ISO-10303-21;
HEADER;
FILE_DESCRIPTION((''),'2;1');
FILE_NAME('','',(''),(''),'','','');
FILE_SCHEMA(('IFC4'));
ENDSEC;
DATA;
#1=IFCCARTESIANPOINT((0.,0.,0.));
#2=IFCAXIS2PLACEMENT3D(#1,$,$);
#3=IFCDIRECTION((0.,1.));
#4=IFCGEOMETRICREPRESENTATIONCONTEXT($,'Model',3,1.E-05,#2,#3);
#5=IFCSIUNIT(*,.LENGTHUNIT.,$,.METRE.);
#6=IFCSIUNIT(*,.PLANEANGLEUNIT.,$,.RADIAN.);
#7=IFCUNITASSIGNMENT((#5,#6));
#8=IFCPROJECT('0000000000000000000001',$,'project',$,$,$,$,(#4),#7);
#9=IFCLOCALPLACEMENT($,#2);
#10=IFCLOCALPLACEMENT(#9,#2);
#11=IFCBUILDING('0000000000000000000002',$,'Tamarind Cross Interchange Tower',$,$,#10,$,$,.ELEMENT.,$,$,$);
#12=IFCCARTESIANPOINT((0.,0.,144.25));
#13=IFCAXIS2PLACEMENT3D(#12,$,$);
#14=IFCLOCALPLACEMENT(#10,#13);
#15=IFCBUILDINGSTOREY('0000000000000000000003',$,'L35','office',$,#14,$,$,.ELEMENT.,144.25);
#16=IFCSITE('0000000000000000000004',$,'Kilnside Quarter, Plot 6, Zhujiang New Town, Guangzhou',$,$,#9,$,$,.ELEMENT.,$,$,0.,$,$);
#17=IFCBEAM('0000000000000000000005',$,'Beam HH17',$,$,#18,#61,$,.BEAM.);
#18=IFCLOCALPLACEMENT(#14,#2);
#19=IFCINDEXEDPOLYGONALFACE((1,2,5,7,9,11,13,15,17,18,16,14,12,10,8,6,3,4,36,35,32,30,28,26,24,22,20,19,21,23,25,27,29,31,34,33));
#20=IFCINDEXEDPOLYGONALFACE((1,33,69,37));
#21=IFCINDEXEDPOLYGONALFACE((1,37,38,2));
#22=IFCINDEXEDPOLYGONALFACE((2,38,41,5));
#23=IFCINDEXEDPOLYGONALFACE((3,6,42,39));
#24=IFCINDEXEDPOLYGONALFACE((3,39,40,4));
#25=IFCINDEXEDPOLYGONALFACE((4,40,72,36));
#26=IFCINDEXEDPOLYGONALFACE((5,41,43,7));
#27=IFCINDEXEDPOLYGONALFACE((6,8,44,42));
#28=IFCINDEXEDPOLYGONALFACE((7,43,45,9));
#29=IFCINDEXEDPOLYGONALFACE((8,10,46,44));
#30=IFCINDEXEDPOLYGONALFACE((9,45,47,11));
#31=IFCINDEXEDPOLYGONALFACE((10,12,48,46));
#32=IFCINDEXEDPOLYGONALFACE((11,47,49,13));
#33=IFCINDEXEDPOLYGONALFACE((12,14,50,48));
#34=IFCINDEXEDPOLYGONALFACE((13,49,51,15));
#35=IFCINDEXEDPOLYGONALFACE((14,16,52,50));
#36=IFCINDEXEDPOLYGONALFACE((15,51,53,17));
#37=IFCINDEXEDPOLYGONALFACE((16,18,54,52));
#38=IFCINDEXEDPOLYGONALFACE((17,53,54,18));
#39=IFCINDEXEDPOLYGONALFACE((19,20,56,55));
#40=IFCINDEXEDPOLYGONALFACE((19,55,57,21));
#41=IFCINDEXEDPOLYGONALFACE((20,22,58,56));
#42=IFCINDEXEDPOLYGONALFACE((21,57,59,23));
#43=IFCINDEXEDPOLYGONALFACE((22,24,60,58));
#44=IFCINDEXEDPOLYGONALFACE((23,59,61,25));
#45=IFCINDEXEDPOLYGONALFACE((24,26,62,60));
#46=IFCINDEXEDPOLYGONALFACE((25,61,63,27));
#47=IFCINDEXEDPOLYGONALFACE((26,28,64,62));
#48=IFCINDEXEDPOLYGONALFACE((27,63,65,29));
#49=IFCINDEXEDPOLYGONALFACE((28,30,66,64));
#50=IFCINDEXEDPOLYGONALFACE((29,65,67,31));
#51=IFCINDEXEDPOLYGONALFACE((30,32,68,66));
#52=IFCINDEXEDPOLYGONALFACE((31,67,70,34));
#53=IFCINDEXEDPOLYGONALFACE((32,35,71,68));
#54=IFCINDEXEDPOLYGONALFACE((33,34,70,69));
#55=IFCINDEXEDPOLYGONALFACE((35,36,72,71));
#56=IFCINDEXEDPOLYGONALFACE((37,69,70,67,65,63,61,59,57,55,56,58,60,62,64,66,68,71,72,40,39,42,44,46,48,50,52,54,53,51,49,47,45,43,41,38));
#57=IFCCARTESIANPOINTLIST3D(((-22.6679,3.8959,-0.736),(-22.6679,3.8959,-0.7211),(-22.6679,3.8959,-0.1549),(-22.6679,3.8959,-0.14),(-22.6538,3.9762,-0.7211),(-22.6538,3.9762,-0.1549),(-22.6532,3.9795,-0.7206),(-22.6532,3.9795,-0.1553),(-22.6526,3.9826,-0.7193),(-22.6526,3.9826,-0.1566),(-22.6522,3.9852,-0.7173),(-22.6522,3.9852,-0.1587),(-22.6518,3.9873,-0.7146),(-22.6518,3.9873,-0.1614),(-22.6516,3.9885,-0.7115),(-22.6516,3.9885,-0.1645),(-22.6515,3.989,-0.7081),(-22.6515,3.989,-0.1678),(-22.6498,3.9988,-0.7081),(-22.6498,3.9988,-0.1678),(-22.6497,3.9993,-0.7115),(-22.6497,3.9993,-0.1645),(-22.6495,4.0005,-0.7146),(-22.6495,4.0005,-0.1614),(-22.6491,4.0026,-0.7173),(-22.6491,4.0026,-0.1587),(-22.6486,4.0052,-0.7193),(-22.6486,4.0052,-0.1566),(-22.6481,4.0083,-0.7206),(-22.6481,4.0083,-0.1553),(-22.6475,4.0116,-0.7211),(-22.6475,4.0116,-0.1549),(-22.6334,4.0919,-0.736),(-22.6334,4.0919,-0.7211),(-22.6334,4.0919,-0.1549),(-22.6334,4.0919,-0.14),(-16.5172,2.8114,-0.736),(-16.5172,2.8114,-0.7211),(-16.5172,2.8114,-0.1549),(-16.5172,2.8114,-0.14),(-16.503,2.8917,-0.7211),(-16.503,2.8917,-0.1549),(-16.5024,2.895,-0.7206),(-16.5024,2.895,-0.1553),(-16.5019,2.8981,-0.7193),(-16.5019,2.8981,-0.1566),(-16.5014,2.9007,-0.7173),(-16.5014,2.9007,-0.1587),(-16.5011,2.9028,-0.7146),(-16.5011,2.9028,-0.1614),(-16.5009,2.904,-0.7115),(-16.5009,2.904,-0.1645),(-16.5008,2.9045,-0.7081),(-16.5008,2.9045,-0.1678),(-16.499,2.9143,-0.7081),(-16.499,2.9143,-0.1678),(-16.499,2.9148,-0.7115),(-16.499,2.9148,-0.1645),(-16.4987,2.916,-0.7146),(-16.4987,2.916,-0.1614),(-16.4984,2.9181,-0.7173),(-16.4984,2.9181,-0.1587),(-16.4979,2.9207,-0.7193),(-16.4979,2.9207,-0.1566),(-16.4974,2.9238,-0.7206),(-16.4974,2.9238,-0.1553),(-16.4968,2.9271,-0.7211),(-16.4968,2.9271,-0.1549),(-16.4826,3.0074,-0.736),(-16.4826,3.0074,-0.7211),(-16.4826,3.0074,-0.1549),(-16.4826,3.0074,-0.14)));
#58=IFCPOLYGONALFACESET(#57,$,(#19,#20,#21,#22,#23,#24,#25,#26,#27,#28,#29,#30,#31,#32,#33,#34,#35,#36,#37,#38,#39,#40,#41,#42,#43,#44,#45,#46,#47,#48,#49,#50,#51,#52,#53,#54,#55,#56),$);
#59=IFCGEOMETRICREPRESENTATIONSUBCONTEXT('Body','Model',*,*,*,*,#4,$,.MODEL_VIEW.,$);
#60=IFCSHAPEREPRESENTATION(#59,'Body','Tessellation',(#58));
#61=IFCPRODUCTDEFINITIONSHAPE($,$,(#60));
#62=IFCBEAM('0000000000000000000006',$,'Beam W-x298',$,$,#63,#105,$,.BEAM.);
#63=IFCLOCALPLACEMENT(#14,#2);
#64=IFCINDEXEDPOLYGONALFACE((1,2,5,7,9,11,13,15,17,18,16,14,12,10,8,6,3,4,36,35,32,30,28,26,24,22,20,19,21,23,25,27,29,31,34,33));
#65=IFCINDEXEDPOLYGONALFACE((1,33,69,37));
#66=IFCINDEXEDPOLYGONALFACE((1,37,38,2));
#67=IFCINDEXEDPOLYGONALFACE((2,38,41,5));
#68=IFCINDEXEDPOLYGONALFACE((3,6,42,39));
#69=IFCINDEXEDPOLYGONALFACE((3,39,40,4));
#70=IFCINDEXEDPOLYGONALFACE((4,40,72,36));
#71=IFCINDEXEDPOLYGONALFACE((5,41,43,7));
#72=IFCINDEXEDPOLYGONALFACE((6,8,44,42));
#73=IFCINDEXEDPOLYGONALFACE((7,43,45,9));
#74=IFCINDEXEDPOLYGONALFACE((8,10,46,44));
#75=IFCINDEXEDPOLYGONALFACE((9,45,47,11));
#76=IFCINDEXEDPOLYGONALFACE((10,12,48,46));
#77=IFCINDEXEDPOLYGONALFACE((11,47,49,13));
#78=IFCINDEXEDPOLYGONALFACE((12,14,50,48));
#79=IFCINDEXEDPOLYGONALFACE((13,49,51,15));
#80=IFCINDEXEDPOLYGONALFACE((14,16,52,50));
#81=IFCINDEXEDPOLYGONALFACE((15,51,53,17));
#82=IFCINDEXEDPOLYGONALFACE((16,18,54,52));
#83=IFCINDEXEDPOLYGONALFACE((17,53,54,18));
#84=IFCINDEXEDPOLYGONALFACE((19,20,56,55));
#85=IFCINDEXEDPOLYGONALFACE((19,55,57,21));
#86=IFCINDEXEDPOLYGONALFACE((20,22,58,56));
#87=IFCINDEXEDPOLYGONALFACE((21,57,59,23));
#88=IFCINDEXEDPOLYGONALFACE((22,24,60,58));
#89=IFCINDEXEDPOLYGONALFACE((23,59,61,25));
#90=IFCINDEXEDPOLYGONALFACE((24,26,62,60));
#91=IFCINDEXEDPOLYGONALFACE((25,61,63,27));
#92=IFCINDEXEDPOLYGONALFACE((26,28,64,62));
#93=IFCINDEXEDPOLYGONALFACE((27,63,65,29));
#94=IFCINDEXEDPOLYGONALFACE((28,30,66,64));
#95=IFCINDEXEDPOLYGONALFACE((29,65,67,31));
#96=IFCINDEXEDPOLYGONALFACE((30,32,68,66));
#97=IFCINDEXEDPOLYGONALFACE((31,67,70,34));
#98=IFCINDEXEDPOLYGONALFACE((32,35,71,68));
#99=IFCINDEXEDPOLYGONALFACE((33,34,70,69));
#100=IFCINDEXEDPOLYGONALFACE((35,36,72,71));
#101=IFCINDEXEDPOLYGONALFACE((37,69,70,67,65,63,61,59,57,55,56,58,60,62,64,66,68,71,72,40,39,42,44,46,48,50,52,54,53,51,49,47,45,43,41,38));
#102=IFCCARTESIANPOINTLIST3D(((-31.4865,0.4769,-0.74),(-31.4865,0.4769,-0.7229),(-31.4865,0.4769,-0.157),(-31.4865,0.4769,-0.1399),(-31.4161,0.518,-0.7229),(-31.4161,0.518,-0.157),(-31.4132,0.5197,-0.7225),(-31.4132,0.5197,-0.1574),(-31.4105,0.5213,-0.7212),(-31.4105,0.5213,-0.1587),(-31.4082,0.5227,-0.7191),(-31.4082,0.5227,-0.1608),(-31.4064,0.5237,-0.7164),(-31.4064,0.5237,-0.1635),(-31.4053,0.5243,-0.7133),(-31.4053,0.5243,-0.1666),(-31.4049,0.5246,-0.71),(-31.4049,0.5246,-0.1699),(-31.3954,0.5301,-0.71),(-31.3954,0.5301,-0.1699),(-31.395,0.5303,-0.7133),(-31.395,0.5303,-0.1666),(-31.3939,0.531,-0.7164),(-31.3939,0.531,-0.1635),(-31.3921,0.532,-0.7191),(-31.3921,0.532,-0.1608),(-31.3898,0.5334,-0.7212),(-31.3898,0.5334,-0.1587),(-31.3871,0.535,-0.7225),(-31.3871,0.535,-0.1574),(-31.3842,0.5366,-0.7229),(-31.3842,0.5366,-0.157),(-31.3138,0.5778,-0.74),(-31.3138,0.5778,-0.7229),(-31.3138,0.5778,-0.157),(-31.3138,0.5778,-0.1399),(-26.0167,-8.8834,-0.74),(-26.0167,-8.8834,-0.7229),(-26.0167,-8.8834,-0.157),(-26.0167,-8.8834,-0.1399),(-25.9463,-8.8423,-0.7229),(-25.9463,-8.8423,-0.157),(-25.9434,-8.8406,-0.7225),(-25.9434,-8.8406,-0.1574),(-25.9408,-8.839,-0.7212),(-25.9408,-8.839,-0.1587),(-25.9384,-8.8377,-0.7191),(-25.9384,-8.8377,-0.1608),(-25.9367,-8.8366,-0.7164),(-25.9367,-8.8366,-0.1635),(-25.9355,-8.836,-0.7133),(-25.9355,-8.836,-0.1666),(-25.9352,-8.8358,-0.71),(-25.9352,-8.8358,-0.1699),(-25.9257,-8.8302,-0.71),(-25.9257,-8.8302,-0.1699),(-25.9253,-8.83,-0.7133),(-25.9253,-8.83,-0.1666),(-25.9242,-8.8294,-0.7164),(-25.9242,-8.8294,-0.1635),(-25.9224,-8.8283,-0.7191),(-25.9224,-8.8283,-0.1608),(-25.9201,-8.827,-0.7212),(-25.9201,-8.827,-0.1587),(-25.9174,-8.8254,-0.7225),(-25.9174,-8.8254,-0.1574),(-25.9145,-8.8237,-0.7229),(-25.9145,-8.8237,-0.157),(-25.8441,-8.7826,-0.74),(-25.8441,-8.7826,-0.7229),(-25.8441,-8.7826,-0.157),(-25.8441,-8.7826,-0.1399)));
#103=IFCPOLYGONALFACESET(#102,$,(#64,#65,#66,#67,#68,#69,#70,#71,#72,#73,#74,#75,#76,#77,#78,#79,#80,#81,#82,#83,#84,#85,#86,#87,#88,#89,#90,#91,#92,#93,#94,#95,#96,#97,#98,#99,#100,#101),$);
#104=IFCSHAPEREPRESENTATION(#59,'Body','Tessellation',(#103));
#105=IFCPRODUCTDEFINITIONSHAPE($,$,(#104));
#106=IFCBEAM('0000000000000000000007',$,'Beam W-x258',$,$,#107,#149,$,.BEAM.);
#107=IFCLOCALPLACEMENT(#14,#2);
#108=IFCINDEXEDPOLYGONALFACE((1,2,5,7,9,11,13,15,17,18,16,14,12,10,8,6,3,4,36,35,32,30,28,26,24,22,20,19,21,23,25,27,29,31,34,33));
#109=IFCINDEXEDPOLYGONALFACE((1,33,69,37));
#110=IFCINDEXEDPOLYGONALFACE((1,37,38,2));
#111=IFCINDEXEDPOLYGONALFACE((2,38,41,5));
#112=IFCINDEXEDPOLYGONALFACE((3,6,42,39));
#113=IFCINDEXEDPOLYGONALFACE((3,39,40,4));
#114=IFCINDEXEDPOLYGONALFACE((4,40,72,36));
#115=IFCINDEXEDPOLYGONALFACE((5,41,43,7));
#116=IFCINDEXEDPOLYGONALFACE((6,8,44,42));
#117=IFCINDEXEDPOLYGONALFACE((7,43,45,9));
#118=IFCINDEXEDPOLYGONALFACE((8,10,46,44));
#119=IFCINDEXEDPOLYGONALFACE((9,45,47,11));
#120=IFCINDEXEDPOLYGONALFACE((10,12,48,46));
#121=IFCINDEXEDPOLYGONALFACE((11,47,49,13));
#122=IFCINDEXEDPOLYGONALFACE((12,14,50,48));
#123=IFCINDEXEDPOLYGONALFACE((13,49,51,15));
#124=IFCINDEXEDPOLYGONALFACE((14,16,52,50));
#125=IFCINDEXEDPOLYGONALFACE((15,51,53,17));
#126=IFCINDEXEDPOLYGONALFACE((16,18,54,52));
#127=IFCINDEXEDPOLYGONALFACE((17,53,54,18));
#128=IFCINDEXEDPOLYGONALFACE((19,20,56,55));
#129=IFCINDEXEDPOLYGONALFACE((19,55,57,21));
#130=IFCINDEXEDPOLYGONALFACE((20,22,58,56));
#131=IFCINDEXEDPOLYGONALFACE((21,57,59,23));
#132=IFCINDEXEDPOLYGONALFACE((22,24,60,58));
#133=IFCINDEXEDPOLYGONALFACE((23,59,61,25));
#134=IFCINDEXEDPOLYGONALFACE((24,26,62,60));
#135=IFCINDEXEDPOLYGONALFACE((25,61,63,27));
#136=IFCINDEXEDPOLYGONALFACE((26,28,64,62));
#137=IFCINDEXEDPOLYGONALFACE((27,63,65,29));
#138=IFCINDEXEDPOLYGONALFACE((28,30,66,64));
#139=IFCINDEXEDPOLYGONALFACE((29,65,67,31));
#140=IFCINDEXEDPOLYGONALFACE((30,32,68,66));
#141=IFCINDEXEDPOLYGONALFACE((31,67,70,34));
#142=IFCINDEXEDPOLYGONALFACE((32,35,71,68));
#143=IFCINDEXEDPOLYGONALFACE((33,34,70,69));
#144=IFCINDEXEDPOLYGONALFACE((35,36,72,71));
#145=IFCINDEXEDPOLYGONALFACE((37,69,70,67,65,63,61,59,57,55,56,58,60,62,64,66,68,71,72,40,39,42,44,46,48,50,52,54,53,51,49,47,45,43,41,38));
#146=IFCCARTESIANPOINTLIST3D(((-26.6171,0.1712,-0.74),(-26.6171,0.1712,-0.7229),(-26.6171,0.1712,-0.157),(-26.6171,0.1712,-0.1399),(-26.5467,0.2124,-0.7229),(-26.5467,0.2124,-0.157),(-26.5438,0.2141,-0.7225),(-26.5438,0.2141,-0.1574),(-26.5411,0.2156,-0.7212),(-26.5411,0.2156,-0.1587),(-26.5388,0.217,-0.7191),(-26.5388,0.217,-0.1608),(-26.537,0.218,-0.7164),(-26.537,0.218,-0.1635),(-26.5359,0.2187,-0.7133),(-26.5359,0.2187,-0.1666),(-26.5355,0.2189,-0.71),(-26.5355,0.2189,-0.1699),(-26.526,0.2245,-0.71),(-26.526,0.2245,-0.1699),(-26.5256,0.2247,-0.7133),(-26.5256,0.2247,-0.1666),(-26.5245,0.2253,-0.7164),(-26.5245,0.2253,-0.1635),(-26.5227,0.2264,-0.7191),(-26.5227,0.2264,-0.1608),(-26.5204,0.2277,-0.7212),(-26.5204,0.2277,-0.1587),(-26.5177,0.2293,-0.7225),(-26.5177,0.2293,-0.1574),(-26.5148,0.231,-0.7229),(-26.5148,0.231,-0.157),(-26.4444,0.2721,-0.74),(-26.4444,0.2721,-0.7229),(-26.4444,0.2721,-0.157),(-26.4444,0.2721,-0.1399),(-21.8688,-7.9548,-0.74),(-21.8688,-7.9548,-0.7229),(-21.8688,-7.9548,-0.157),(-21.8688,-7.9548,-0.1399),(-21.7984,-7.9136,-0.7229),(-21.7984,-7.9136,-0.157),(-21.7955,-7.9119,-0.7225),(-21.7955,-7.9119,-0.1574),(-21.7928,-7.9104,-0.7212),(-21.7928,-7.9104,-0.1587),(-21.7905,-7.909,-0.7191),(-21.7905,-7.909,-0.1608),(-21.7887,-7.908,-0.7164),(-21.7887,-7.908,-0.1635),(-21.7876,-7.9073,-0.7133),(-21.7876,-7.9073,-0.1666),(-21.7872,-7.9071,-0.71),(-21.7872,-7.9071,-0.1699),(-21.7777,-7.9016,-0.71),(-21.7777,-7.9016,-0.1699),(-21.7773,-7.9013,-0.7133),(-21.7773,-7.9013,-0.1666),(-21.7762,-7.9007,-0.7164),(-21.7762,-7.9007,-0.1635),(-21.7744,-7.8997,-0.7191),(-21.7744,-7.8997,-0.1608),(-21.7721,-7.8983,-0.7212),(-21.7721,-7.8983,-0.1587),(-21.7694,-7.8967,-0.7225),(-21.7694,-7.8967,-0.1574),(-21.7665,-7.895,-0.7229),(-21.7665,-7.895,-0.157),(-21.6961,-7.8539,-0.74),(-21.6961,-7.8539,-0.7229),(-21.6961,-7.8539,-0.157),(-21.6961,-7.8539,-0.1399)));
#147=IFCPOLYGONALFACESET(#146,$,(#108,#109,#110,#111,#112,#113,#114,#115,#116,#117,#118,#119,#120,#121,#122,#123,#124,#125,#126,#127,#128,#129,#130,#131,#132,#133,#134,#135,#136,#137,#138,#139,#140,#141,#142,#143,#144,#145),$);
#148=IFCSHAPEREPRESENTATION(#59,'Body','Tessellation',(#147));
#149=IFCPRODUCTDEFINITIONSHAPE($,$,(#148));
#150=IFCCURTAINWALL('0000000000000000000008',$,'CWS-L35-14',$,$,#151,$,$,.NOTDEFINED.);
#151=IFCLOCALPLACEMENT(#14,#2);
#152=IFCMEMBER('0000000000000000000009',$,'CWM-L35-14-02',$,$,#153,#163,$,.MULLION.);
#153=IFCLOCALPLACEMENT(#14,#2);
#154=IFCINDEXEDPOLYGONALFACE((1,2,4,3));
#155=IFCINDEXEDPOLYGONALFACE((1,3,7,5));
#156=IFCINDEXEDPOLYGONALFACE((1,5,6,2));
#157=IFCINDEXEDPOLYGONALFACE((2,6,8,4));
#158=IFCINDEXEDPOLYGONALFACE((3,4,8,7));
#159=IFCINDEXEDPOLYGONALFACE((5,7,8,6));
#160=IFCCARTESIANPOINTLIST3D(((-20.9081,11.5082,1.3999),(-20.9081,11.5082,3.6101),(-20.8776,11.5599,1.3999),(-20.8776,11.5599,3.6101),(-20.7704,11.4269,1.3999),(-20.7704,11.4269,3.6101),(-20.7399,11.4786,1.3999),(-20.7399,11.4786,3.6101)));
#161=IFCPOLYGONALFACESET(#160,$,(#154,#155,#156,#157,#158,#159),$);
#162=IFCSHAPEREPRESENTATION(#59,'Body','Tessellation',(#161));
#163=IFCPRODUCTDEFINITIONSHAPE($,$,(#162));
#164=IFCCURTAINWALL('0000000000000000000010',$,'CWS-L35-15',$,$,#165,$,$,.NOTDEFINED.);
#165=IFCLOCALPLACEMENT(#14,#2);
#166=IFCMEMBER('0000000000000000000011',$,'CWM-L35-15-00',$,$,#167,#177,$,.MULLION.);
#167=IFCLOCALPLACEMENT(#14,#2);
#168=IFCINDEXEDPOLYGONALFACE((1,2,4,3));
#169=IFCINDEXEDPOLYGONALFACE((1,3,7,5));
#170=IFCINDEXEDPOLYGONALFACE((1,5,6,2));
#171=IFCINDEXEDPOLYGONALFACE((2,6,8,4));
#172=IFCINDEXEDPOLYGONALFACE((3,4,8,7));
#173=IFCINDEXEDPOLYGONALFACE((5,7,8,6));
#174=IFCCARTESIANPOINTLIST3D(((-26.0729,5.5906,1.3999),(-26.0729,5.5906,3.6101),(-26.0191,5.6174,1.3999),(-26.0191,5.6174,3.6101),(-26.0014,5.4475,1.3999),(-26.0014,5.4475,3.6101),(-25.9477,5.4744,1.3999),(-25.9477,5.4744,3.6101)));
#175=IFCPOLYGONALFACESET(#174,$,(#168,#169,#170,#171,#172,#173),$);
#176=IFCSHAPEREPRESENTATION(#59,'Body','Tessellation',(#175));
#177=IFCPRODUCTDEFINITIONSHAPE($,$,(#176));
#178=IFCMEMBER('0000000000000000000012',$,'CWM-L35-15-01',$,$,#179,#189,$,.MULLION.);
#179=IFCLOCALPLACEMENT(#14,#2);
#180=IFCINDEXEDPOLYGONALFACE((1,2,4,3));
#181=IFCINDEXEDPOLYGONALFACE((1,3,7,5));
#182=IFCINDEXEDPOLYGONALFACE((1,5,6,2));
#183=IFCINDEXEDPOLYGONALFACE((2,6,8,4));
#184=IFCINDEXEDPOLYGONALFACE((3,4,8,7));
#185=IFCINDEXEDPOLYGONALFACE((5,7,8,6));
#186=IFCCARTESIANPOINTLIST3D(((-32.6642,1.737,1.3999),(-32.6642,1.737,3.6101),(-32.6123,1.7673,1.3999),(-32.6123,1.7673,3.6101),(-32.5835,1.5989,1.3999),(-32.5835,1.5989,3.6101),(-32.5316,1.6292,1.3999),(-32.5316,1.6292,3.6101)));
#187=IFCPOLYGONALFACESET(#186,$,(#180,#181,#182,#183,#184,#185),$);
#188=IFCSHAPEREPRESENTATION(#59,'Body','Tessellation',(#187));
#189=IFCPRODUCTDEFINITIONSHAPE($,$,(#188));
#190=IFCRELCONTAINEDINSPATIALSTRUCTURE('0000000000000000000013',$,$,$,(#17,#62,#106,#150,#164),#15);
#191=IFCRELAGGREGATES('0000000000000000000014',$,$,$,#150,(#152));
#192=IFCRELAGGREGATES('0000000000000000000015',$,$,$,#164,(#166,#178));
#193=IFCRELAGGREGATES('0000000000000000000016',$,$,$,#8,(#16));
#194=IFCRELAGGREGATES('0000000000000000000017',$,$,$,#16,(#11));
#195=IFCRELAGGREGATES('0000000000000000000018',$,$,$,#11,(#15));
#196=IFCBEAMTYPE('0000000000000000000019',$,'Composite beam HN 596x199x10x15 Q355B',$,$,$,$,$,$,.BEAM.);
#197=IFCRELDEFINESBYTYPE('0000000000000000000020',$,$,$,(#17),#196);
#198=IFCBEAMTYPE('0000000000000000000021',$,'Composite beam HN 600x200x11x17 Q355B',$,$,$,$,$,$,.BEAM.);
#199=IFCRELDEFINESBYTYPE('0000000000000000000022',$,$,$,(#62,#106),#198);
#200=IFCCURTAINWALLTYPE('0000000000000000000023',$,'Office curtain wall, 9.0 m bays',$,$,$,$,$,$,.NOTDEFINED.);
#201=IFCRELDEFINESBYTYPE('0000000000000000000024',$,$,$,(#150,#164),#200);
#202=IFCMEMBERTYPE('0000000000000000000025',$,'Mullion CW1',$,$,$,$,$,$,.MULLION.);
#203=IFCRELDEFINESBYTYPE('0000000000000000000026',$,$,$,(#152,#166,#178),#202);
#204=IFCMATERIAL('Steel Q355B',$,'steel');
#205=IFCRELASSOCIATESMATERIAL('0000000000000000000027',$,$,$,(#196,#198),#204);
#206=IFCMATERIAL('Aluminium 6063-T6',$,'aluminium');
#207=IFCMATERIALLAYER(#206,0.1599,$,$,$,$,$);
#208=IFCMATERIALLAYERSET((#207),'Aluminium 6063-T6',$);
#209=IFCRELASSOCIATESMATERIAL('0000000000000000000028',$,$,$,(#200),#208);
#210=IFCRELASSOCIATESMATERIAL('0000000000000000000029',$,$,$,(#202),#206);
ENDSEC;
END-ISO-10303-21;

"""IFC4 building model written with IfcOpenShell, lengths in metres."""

from ifc_helpers import new_model, si_unit, direction, frame, origin, origin_2d, place, context, subcontext, project, spatial, rectangle, i_section, extrude, material, layer, layer_set, material_profile, profile_set, type_object, element, aggregate, save


model = new_model("IFC4")

# Units and contexts
model_context = context("Model", 3, precision=1e-05, world=origin(), true_north=direction((0.0, 1.0)))
body_context = subcontext(model_context, "Body", "Model", "MODEL_VIEW")
ifc_project = project(units=[si_unit("LENGTHUNIT", "METRE"), si_unit("PLANEANGLEUNIT", "RADIAN")], contexts=[model_context])

# Site, building, storey
site_placement = place(None, origin())
site = spatial("IfcSite", under=ifc_project, at=site_placement, Name="Kilnside Quarter, Plot 6, Zhujiang New Town, Guangzhou", CompositionType="ELEMENT", RefElevation=0.0)
building_placement = place(site_placement, origin())
building = spatial("IfcBuilding", under=site, at=building_placement, Name="Tamarind Cross Interchange Tower", CompositionType="ELEMENT")
storey_placement = place(building_placement, frame((0.0, 0.0, 144.25)))
storey = spatial("IfcBuildingStorey", under=building, at=storey_placement, Name="L35", Description="office", CompositionType="ELEMENT", Elevation=144.25)

# Beams
ifc_material_1 = material(Name="Steel Q355B", Category="steel")
ifc_material_profile_1 = material_profile(ifc_material_1, i_section(OverallWidth=0.199, OverallDepth=0.5959, WebThickness=0.01, FlangeThickness=0.0149, FilletRadius=0.0129, at=origin_2d()), Name="HN 596x199x10x15")
ifc_profile_set_1 = profile_set([ifc_material_profile_1], Name="Steel Q355B")
beam_type_1 = type_object("IfcBeamType", Name="Composite beam HN 596x199x10x15 Q355B", PredefinedType="BEAM", material=ifc_profile_set_1)
beam_1_placement = place(storey_placement, frame((-22.6506, 3.9939, -0.438), z_axis=(0.984809, -0.17364, 0.0), x_axis=(0.17364, 0.984809, 0.0)))
element("IfcBeam", 1, at=beam_1_placement, inside=storey, type_object=beam_type_1, Name="Beam HH17", PredefinedType="BEAM", context=body_context, shape_type="SweptSolid", body=[
    extrude(i_section(OverallWidth=0.199, OverallDepth=0.5959, WebThickness=0.01, FlangeThickness=0.0149, FilletRadius=0.0129, at=origin_2d()), origin(), (0.0, 0.0, 1.0), 6.2456),
])
ifc_material_profile_2 = material_profile(ifc_material_1, i_section(OverallWidth=0.2, OverallDepth=0.6001, WebThickness=0.011, FlangeThickness=0.0171, FilletRadius=0.0129, at=origin_2d()), Name="HN 600x200x11x17")
ifc_profile_set_2 = profile_set([ifc_material_profile_2], Name="Steel Q355B")
beam_type_2 = type_object("IfcBeamType", Name="Composite beam HN 600x200x11x17 Q355B", PredefinedType="BEAM", material=ifc_profile_set_2)
beam_2_placement = place(storey_placement, frame((-31.4001, 0.5273, -0.4399), z_axis=(0.504526, -0.863396, 0.0), x_axis=(0.863396, 0.504526, 0.0)))
element("IfcBeam", 2, at=beam_2_placement, inside=storey, type_object=beam_type_2, Name="Beam W-x298", PredefinedType="BEAM", context=body_context, shape_type="SweptSolid", body=[
    extrude(i_section(OverallWidth=0.2, OverallDepth=0.6001, WebThickness=0.011, FlangeThickness=0.0171, FilletRadius=0.0129, at=origin_2d()), origin(), (0.0, 0.0, 1.0), 10.8413),
])
beam_3_placement = place(storey_placement, frame((-26.5308, 0.2217, -0.4399), z_axis=(0.504516, -0.863402, 0.0), x_axis=(0.863402, 0.504516, 0.0)))
element("IfcBeam", 3, at=beam_3_placement, inside=storey, type_object=beam_type_2, Name="Beam W-x258", PredefinedType="BEAM", context=body_context, shape_type="SweptSolid", body=[
    extrude(i_section(OverallWidth=0.2, OverallDepth=0.6001, WebThickness=0.011, FlangeThickness=0.0171, FilletRadius=0.0129, at=origin_2d()), origin(), (0.0, 0.0, 1.0), 9.4116),
])

# Curtain wall, member
ifc_material_2 = material(Name="Aluminium 6063-T6", Category="aluminium")
ifc_layer_1 = layer(ifc_material_2, 0.1599)
ifc_layer_set_1 = layer_set([ifc_layer_1], Name="Aluminium 6063-T6")
curtain_wall_type = type_object("IfcCurtainWallType", Name="Office curtain wall, 9.0 m bays", PredefinedType="NOTDEFINED", material=ifc_layer_set_1)
curtain_wall_1_placement = place(storey_placement, origin())
curtain_wall_1 = element("IfcCurtainWall", 4, at=curtain_wall_1_placement, inside=storey, type_object=curtain_wall_type, Name="CWS-L35-14", PredefinedType="NOTDEFINED")
ifc_material_profile_3 = material_profile(ifc_material_2, rectangle(XDim=0.0601, YDim=0.1599, at=origin_2d()), Name="Mullion CW1")
ifc_profile_set_3 = profile_set([ifc_material_profile_3], Name="Aluminium 6063-T6")
member_type = type_object("IfcMemberType", Name="Mullion CW1", PredefinedType="MULLION", material=ifc_profile_set_3)
member_1_placement = place(storey_placement, frame((-20.824, 11.4934, 1.3999), z_axis=(0.0, 0.0, 1.0), x_axis=(-0.508183, -0.861249, 0.0)))
member_1 = element("IfcMember", 5, at=member_1_placement, type_object=member_type, Name="CWM-L35-14-02", PredefinedType="MULLION", context=body_context, shape_type="SweptSolid", body=[
    extrude(rectangle(XDim=0.0601, YDim=0.1599, at=origin_2d()), origin(), (0.0, 0.0, 1.0), 2.2102),
])
aggregate(curtain_wall_1, [member_1])

# Curtain wall, members
curtain_wall_2_placement = place(storey_placement, origin())
curtain_wall_2 = element("IfcCurtainWall", 6, at=curtain_wall_2_placement, inside=storey, type_object=curtain_wall_type, Name="CWS-L35-15", PredefinedType="NOTDEFINED")
member_2_placement = place(storey_placement, frame((-26.0103, 5.5325, 1.3999), z_axis=(0.0, 0.0, 1.0), x_axis=(-0.894551, -0.446966, 0.0)))
member_2 = element("IfcMember", 7, at=member_2_placement, type_object=member_type, Name="CWM-L35-15-00", PredefinedType="MULLION", context=body_context, shape_type="SweptSolid", body=[
    extrude(rectangle(XDim=0.0601, YDim=0.1599, at=origin_2d()), origin(), (0.0, 0.0, 1.0), 2.2102),
])
member_3_placement = place(storey_placement, frame((-32.5979, 1.6831, 1.3999), z_axis=(0.0, 0.0, 1.0), x_axis=(-0.863403, -0.504516, 0.0)))
member_3 = element("IfcMember", 8, at=member_3_placement, type_object=member_type, Name="CWM-L35-15-01", PredefinedType="MULLION", context=body_context, shape_type="SweptSolid", body=[
    extrude(rectangle(XDim=0.0601, YDim=0.1599, at=origin_2d()), origin(), (0.0, 0.0, 1.0), 2.2102),
])
aggregate(curtain_wall_2, [member_2, member_3])

save(model, "model.ifc")
